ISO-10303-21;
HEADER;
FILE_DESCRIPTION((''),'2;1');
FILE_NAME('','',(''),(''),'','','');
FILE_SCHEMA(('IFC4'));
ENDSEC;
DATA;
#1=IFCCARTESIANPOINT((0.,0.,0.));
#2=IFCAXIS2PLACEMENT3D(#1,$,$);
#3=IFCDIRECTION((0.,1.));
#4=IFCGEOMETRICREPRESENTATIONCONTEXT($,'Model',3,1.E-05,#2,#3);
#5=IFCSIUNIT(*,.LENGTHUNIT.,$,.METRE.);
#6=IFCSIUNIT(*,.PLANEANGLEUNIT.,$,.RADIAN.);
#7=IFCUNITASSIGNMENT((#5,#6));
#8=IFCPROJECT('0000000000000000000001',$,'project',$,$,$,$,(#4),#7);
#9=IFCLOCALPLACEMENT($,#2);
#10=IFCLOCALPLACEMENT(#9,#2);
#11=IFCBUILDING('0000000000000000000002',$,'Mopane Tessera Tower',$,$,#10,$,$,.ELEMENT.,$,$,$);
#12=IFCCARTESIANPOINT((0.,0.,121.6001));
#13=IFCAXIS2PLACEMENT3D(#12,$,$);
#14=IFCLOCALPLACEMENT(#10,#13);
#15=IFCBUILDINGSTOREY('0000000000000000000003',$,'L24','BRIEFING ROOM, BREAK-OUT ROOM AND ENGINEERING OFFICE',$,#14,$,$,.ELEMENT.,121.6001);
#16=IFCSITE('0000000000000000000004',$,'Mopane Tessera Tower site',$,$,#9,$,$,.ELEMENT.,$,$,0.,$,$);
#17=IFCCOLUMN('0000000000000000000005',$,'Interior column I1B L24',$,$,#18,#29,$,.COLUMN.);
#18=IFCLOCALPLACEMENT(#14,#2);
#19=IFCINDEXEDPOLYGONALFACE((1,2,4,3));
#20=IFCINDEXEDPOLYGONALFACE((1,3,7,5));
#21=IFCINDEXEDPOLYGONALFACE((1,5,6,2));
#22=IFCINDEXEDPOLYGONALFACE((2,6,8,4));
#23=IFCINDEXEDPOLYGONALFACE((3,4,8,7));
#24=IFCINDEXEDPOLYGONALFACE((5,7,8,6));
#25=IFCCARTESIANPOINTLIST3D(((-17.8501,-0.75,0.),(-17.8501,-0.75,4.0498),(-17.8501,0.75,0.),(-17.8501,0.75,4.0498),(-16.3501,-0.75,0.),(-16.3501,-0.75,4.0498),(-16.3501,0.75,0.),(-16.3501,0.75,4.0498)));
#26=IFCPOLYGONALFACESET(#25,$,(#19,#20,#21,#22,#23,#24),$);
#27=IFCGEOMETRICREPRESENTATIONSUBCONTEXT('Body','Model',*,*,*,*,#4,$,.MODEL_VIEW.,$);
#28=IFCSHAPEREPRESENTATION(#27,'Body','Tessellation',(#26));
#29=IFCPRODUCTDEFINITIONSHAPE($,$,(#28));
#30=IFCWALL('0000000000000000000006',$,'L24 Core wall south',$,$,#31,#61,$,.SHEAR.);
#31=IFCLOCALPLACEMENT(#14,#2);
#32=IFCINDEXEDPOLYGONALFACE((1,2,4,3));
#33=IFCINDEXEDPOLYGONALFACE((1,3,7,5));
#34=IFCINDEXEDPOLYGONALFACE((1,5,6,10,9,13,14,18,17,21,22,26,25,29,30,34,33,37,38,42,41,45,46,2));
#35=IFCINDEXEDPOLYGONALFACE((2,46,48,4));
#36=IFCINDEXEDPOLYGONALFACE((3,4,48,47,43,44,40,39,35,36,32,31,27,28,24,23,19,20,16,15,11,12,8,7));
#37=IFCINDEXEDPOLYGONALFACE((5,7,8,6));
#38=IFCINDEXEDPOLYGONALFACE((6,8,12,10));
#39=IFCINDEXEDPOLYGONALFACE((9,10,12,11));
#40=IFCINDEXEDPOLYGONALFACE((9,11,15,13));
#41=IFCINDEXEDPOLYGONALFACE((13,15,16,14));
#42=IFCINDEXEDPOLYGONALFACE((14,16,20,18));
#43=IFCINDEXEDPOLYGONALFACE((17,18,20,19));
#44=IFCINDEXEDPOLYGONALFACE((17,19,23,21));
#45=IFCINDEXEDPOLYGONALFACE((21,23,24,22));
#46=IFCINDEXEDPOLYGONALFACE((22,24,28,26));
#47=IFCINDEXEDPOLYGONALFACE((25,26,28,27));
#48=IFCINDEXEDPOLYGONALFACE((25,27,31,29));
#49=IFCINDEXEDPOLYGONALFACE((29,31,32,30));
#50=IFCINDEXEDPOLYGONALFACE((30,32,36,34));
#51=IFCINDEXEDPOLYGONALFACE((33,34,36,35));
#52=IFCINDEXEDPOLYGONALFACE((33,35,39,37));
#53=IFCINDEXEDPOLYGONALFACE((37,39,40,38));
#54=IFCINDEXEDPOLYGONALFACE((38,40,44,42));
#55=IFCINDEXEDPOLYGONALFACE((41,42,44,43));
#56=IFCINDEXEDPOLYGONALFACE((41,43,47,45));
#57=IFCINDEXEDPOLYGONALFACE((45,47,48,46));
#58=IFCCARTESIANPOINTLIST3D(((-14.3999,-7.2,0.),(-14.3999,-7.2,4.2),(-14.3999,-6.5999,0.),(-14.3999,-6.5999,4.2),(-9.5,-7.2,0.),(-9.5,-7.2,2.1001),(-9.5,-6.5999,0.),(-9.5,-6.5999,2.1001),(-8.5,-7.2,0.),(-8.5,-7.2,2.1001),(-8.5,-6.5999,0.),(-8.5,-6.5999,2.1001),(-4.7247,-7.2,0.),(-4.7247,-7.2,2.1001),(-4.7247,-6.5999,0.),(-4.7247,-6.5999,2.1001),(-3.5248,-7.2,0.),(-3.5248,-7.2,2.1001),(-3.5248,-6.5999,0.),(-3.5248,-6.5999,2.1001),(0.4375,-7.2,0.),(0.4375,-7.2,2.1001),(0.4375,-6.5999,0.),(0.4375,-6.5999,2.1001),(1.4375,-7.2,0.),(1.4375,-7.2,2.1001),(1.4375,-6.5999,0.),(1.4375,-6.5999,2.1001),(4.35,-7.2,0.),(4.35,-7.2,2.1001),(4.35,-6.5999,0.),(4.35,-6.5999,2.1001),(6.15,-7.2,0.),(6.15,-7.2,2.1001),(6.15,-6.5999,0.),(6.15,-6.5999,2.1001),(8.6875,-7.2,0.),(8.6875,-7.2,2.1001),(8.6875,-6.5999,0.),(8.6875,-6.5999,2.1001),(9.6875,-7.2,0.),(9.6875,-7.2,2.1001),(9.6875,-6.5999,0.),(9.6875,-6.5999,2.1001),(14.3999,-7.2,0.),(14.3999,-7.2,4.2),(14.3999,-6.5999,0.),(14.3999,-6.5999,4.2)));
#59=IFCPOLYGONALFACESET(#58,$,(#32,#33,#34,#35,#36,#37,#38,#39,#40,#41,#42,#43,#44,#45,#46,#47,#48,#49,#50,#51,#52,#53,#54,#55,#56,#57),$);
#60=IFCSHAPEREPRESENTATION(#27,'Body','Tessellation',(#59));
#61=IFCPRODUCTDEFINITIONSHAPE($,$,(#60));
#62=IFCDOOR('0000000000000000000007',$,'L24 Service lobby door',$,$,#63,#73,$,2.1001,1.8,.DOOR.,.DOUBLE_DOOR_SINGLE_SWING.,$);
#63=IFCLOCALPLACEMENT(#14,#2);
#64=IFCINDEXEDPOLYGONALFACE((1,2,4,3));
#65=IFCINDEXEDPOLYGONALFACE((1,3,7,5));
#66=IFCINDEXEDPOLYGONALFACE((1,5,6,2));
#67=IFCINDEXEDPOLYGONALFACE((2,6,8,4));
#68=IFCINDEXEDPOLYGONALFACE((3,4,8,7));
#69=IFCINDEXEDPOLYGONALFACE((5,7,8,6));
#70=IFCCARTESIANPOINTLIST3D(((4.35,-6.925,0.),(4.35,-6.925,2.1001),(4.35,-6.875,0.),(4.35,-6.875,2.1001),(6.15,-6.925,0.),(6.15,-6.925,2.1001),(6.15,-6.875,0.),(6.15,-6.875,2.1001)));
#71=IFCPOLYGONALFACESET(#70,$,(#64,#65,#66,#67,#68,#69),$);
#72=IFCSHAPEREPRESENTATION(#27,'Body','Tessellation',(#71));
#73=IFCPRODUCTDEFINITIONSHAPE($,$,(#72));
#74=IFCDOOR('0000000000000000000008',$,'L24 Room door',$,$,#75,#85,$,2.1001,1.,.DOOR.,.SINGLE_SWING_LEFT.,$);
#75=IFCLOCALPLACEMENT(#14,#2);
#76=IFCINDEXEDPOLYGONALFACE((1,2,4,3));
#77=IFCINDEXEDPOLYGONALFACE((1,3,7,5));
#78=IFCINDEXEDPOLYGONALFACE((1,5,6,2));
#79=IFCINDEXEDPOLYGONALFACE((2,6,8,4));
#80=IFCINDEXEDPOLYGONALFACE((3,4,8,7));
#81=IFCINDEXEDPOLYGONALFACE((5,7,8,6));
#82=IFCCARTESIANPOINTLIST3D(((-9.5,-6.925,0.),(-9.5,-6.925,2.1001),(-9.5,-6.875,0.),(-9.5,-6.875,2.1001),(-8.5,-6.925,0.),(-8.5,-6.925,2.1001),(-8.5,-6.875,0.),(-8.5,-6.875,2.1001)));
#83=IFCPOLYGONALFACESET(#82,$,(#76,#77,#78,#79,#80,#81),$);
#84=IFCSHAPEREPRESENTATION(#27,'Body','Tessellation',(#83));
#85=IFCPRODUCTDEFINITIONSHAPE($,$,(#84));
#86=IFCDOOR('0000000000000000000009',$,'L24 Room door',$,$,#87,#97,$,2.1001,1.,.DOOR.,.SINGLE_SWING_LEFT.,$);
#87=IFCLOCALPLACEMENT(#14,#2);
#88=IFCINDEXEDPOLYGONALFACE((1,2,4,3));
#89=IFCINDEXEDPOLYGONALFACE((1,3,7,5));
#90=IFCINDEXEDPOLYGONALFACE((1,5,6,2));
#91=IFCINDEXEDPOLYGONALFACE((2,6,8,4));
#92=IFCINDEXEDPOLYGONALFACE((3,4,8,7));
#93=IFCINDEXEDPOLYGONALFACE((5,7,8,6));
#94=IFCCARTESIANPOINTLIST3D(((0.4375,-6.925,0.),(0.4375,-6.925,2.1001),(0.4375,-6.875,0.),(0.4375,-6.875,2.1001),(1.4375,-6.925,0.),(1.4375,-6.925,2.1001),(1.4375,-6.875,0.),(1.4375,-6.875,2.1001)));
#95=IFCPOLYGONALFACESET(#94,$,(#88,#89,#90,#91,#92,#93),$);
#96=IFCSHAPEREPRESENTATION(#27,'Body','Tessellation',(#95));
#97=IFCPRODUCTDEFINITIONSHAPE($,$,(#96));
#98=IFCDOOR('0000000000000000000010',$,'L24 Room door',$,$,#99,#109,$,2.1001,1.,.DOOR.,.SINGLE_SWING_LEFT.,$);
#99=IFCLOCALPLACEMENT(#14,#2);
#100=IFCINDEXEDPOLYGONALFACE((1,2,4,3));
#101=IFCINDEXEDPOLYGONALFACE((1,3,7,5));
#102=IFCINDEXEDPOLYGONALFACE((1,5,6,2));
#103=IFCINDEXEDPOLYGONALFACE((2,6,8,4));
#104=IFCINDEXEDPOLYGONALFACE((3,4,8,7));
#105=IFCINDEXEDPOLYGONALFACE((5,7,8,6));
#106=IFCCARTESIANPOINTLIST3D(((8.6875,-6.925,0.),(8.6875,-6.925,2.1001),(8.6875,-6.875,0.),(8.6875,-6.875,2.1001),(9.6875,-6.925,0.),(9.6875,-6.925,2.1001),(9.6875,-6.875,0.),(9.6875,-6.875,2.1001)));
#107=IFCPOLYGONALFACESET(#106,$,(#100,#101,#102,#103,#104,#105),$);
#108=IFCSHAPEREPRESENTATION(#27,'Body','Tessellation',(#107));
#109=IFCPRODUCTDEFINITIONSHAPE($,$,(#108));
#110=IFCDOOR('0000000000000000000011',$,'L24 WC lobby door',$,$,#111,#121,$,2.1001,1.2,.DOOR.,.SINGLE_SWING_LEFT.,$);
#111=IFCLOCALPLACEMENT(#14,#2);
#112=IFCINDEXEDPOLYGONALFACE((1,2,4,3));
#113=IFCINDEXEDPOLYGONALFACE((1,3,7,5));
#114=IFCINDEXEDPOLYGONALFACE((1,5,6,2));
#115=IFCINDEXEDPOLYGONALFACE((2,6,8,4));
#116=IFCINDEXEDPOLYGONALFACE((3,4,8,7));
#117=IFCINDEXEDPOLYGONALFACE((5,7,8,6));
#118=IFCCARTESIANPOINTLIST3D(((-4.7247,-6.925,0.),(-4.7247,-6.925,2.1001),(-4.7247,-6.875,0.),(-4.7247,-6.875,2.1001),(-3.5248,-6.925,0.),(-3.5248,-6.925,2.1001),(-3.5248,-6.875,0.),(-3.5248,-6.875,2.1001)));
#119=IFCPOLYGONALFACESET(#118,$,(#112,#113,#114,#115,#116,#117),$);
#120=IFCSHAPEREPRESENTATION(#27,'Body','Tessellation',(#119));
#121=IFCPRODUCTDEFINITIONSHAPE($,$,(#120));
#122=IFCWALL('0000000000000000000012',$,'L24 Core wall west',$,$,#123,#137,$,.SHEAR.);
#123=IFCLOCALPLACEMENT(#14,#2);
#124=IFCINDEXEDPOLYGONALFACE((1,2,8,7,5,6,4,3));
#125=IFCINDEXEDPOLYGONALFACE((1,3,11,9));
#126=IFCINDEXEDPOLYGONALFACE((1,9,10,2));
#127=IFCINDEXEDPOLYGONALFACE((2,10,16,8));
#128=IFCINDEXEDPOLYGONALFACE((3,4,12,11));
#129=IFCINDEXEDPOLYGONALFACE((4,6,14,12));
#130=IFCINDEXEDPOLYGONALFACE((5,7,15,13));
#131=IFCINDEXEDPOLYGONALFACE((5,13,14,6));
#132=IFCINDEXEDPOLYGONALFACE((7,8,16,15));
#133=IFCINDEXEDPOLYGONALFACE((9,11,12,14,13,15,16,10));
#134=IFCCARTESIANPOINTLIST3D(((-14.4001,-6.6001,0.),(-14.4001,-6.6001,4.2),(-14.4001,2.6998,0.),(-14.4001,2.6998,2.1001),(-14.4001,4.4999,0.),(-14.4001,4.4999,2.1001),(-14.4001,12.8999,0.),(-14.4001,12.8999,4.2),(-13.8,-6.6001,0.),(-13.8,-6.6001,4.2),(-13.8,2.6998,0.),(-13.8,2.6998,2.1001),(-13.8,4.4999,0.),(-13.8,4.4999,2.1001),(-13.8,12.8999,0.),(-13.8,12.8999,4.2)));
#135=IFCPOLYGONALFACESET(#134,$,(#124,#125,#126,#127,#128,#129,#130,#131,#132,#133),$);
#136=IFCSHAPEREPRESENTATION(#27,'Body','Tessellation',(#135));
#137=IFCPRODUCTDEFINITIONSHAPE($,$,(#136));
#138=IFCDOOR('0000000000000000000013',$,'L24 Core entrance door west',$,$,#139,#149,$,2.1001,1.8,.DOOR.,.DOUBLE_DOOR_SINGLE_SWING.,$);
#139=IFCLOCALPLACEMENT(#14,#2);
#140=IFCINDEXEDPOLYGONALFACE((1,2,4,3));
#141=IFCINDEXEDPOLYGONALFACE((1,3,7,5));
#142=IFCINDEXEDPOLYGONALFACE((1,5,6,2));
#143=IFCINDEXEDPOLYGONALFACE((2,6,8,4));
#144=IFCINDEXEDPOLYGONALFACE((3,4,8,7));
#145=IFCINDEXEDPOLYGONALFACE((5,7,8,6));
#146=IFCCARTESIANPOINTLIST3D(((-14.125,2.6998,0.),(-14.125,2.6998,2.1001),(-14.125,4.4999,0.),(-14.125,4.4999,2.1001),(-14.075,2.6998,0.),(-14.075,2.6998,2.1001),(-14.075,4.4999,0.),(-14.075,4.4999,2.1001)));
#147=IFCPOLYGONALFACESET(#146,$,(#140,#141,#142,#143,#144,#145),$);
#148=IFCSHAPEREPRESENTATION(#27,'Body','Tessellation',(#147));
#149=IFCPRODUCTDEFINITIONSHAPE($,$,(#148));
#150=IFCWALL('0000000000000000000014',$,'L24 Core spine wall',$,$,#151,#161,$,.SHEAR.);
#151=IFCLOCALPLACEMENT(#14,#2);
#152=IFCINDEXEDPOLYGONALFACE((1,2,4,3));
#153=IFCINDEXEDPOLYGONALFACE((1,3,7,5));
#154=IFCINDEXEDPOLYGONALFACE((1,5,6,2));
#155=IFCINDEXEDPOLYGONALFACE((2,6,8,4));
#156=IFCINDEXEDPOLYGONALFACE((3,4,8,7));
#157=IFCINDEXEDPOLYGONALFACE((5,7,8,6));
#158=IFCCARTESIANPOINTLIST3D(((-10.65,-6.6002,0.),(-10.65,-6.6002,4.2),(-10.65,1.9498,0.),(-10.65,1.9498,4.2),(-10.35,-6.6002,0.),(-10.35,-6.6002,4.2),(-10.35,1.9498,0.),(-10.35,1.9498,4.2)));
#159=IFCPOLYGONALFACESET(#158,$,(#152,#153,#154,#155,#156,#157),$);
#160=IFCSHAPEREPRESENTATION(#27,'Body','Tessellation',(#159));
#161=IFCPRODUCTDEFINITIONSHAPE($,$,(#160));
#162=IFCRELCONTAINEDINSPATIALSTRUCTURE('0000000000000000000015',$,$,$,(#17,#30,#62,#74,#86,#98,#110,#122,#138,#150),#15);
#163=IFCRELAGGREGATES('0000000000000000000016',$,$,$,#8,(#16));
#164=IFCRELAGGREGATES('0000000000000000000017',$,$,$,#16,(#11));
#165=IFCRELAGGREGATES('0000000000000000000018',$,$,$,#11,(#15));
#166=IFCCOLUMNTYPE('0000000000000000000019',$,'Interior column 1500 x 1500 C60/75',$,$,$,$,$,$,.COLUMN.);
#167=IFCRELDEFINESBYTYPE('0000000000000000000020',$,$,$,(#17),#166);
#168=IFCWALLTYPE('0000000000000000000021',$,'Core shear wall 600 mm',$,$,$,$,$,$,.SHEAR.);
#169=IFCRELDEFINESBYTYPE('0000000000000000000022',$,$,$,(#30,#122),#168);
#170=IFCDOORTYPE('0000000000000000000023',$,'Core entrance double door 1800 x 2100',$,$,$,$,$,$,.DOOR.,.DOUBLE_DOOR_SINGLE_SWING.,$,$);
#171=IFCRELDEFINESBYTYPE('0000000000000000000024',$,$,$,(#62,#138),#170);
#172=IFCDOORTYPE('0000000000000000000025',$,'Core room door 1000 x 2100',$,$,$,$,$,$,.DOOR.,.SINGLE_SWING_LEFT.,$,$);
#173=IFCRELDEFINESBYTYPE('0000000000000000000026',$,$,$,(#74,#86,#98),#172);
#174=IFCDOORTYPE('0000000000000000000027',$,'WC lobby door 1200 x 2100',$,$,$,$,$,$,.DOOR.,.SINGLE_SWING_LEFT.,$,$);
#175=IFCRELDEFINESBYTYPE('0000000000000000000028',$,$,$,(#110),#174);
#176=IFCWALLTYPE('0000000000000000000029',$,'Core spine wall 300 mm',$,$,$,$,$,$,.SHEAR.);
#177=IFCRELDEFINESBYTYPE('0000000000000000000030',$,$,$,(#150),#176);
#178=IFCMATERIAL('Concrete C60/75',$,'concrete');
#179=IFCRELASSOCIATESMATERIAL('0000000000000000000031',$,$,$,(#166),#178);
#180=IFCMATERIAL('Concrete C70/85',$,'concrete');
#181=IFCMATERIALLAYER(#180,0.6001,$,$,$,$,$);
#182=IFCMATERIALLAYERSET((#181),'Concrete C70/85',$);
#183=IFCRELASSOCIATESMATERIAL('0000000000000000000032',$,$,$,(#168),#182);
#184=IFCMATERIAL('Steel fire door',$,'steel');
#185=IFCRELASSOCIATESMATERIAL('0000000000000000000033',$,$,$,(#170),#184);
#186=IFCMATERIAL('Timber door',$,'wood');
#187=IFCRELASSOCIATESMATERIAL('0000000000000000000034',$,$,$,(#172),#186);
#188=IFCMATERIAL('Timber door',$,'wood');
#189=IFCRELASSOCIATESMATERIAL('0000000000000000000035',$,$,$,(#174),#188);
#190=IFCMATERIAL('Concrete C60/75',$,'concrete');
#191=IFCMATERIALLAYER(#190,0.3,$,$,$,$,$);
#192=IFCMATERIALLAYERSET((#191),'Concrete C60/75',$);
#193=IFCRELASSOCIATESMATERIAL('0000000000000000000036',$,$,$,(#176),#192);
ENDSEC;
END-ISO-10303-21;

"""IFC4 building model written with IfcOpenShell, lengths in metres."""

from ifc_helpers import new_model, si_unit, direction, frame, frame_2d, origin, origin_2d, place, context, subcontext, project, spatial, rectangle, extrude, material, layer, layer_set, material_profile, profile_set, type_object, element, fill, save


model = new_model("IFC4")

# Units and contexts
model_context = context("Model", 3, precision=1e-05, world=origin(), true_north=direction((0.0, 1.0)))
body_context = subcontext(model_context, "Body", "Model", "MODEL_VIEW")
ifc_project = project(units=[si_unit("LENGTHUNIT", "METRE"), si_unit("PLANEANGLEUNIT", "RADIAN")], contexts=[model_context])

# Site, building, storey
site_placement = place(None, origin())
site = spatial("IfcSite", under=ifc_project, at=site_placement, Name="Mopane Tessera Tower site", CompositionType="ELEMENT", RefElevation=0.0)
building_placement = place(site_placement, origin())
building = spatial("IfcBuilding", under=site, at=building_placement, Name="Mopane Tessera Tower", CompositionType="ELEMENT")
storey_placement = place(building_placement, frame((0.0, 0.0, 121.6001)))
storey = spatial("IfcBuildingStorey", under=building, at=storey_placement, Name="L24", Description="BRIEFING ROOM, BREAK-OUT ROOM AND ENGINEERING OFFICE", CompositionType="ELEMENT", Elevation=121.6001)

# Column
ifc_material_1 = material(Name="Concrete C60/75", Category="concrete")
ifc_material_profile = material_profile(ifc_material_1, rectangle(XDim=1.5, YDim=1.5, at=origin_2d()))
ifc_profile_set = profile_set([ifc_material_profile], Name="Concrete C60/75")
column_type = type_object("IfcColumnType", Name="Interior column 1500 x 1500 C60/75", PredefinedType="COLUMN", material=ifc_profile_set)
column_placement = place(storey_placement, frame((-17.1001, 0.0, 0.0), z_axis=(0.0, 0.0, 1.0), x_axis=(1.0, 0.0, 0.0)))
element("IfcColumn", 1, at=column_placement, inside=storey, type_object=column_type, Name="Interior column I1B L24", PredefinedType="COLUMN", context=body_context, shape_type="SweptSolid", body=[
    extrude(rectangle(XDim=1.5, YDim=1.5, at=origin_2d()), origin(), (0.0, 0.0, 1.0), 4.0498),
])

# Wall, openings, doors
ifc_material_2 = material(Name="Concrete C70/85", Category="concrete")
ifc_layer_1 = layer(ifc_material_2, 0.6001)
ifc_layer_set_1 = layer_set([ifc_layer_1], Name="Concrete C70/85")
wall_type_1 = type_object("IfcWallType", Name="Core shear wall 600 mm", PredefinedType="SHEAR", material=ifc_layer_set_1)
wall_1_placement = place(storey_placement, frame((-14.3999, -6.8999, 0.0), z_axis=(0.0, 0.0, 1.0), x_axis=(1.0, 0.0, 0.0)))
wall_1 = element("IfcWall", 2, at=wall_1_placement, inside=storey, type_object=wall_type_1, Name="L24 Core wall south", PredefinedType="SHEAR", context=body_context, shape_type="SweptSolid", body=[
    extrude(rectangle(XDim=28.7998, YDim=0.6001, at=frame_2d((14.3999, 0.0))), origin(), (0.0, 0.0, 1.0), 4.2),
])
opening_1_placement = place(wall_1_placement, frame((4.8999, 0.0, 0.0)))
opening_1 = element("IfcOpeningElement", 3, at=opening_1_placement, cuts=wall_1, PredefinedType="OPENING", context=body_context, shape_type="SweptSolid", body=[
    extrude(rectangle(XDim=1.0, YDim=2.1001, at=frame_2d((0.5, 1.05))), frame((0.0, 0.312, 0.0), z_axis=(0.0, -1.0, 0.0), x_axis=(1.0, 0.0, 0.0)), (0.0, 0.0, 1.0), 0.624),
])
opening_2_placement = place(wall_1_placement, frame((9.675, 0.0, 0.0)))
opening_2 = element("IfcOpeningElement", 4, at=opening_2_placement, cuts=wall_1, PredefinedType="OPENING", context=body_context, shape_type="SweptSolid", body=[
    extrude(rectangle(XDim=1.2, YDim=2.1001, at=frame_2d((0.6001, 1.05))), frame((0.0, 0.312, 0.0), z_axis=(0.0, -1.0, 0.0), x_axis=(1.0, 0.0, 0.0)), (0.0, 0.0, 1.0), 0.624),
])
opening_3_placement = place(wall_1_placement, frame((14.8374, 0.0, 0.0)))
opening_3 = element("IfcOpeningElement", 5, at=opening_3_placement, cuts=wall_1, PredefinedType="OPENING", context=body_context, shape_type="SweptSolid", body=[
    extrude(rectangle(XDim=1.0, YDim=2.1001, at=frame_2d((0.5, 1.05))), frame((0.0, 0.312, 0.0), z_axis=(0.0, -1.0, 0.0), x_axis=(1.0, 0.0, 0.0)), (0.0, 0.0, 1.0), 0.624),
])
opening_4_placement = place(wall_1_placement, frame((18.75, 0.0, 0.0)))
opening_4 = element("IfcOpeningElement", 6, at=opening_4_placement, cuts=wall_1, PredefinedType="OPENING", context=body_context, shape_type="SweptSolid", body=[
    extrude(rectangle(XDim=1.8, YDim=2.1001, at=frame_2d((0.8999, 1.05))), frame((0.0, 0.312, 0.0), z_axis=(0.0, -1.0, 0.0), x_axis=(1.0, 0.0, 0.0)), (0.0, 0.0, 1.0), 0.624),
])
opening_5_placement = place(wall_1_placement, frame((23.0874, 0.0, 0.0)))
opening_5 = element("IfcOpeningElement", 7, at=opening_5_placement, cuts=wall_1, PredefinedType="OPENING", context=body_context, shape_type="SweptSolid", body=[
    extrude(rectangle(XDim=1.0, YDim=2.1001, at=frame_2d((0.5, 1.05))), frame((0.0, 0.312, 0.0), z_axis=(0.0, -1.0, 0.0), x_axis=(1.0, 0.0, 0.0)), (0.0, 0.0, 1.0), 0.624),
])
ifc_material_3 = material(Name="Steel fire door", Category="steel")
door_type_1 = type_object("IfcDoorType", Name="Core entrance double door 1800 x 2100", OperationType="DOUBLE_DOOR_SINGLE_SWING", PredefinedType="DOOR", material=ifc_material_3)
door_1_placement = place(opening_4_placement, origin())
door_1 = element("IfcDoor", 8, at=door_1_placement, inside=storey, type_object=door_type_1, Name="L24 Service lobby door", OperationType="DOUBLE_DOOR_SINGLE_SWING", OverallHeight=2.1001, OverallWidth=1.8, PredefinedType="DOOR", context=body_context, shape_type="SweptSolid", body=[
    extrude(rectangle(XDim=1.8, YDim=2.1001, at=frame_2d((0.8999, 1.05))), frame((0.0, 0.0249, 0.0), z_axis=(0.0, -1.0, 0.0), x_axis=(1.0, 0.0, 0.0)), (0.0, 0.0, 1.0), 0.05),
])
fill(opening_4, door_1)
ifc_material_4 = material(Name="Timber door", Category="wood")
door_type_2 = type_object("IfcDoorType", Name="Core room door 1000 x 2100", OperationType="SINGLE_SWING_LEFT", PredefinedType="DOOR", material=ifc_material_4)
door_2_placement = place(opening_1_placement, origin())
door_2 = element("IfcDoor", 9, at=door_2_placement, inside=storey, type_object=door_type_2, Name="L24 Room door", OperationType="SINGLE_SWING_LEFT", OverallHeight=2.1001, OverallWidth=1.0, PredefinedType="DOOR", context=body_context, shape_type="SweptSolid", body=[
    extrude(rectangle(XDim=1.0, YDim=2.1001, at=frame_2d((0.5, 1.05))), frame((0.0, 0.0249, 0.0), z_axis=(0.0, -1.0, 0.0), x_axis=(1.0, 0.0, 0.0)), (0.0, 0.0, 1.0), 0.05),
])
fill(opening_1, door_2)
door_3_placement = place(opening_3_placement, origin())
door_3 = element("IfcDoor", 10, at=door_3_placement, inside=storey, type_object=door_type_2, Name="L24 Room door", OperationType="SINGLE_SWING_LEFT", OverallHeight=2.1001, OverallWidth=1.0, PredefinedType="DOOR", context=body_context, shape_type="SweptSolid", body=[
    extrude(rectangle(XDim=1.0, YDim=2.1001, at=frame_2d((0.5, 1.05))), frame((0.0, 0.0249, 0.0), z_axis=(0.0, -1.0, 0.0), x_axis=(1.0, 0.0, 0.0)), (0.0, 0.0, 1.0), 0.05),
])
fill(opening_3, door_3)
door_4_placement = place(opening_5_placement, origin())
door_4 = element("IfcDoor", 11, at=door_4_placement, inside=storey, type_object=door_type_2, Name="L24 Room door", OperationType="SINGLE_SWING_LEFT", OverallHeight=2.1001, OverallWidth=1.0, PredefinedType="DOOR", context=body_context, shape_type="SweptSolid", body=[
    extrude(rectangle(XDim=1.0, YDim=2.1001, at=frame_2d((0.5, 1.05))), frame((0.0, 0.0249, 0.0), z_axis=(0.0, -1.0, 0.0), x_axis=(1.0, 0.0, 0.0)), (0.0, 0.0, 1.0), 0.05),
])
fill(opening_5, door_4)
ifc_material_5 = material(Name="Timber door", Category="wood")
door_type_3 = type_object("IfcDoorType", Name="WC lobby door 1200 x 2100", OperationType="SINGLE_SWING_LEFT", PredefinedType="DOOR", material=ifc_material_5)
door_5_placement = place(opening_2_placement, origin())
door_5 = element("IfcDoor", 12, at=door_5_placement, inside=storey, type_object=door_type_3, Name="L24 WC lobby door", OperationType="SINGLE_SWING_LEFT", OverallHeight=2.1001, OverallWidth=1.2, PredefinedType="DOOR", context=body_context, shape_type="SweptSolid", body=[
    extrude(rectangle(XDim=1.2, YDim=2.1001, at=frame_2d((0.6001, 1.05))), frame((0.0, 0.0249, 0.0), z_axis=(0.0, -1.0, 0.0), x_axis=(1.0, 0.0, 0.0)), (0.0, 0.0, 1.0), 0.05),
])
fill(opening_2, door_5)

# Wall, opening, door
wall_2_placement = place(storey_placement, frame((-14.1001, -6.6001, 0.0), z_axis=(0.0, 0.0, 1.0), x_axis=(0.0, 1.0, 0.0)))
wall_2 = element("IfcWall", 13, at=wall_2_placement, inside=storey, type_object=wall_type_1, Name="L24 Core wall west", PredefinedType="SHEAR", context=body_context, shape_type="SweptSolid", body=[
    extrude(rectangle(XDim=19.5, YDim=0.6001, at=frame_2d((9.75, 0.0))), origin(), (0.0, 0.0, 1.0), 4.2),
])
opening_6_placement = place(wall_2_placement, frame((9.3, 0.0, 0.0)))
opening_6 = element("IfcOpeningElement", 14, at=opening_6_placement, cuts=wall_2, PredefinedType="OPENING", context=body_context, shape_type="SweptSolid", body=[
    extrude(rectangle(XDim=1.8, YDim=2.1001, at=frame_2d((0.8999, 1.05))), frame((0.0, 0.312, 0.0), z_axis=(0.0, -1.0, 0.0), x_axis=(1.0, 0.0, 0.0)), (0.0, 0.0, 1.0), 0.624),
])
door_6_placement = place(opening_6_placement, origin())
door_6 = element("IfcDoor", 15, at=door_6_placement, inside=storey, type_object=door_type_1, Name="L24 Core entrance door west", OperationType="DOUBLE_DOOR_SINGLE_SWING", OverallHeight=2.1001, OverallWidth=1.8, PredefinedType="DOOR", context=body_context, shape_type="SweptSolid", body=[
    extrude(rectangle(XDim=1.8, YDim=2.1001, at=frame_2d((0.8999, 1.05))), frame((0.0, 0.0249, 0.0), z_axis=(0.0, -1.0, 0.0), x_axis=(1.0, 0.0, 0.0)), (0.0, 0.0, 1.0), 0.05),
])
fill(opening_6, door_6)

# Wall
ifc_material_6 = material(Name="Concrete C60/75", Category="concrete")
ifc_layer_2 = layer(ifc_material_6, 0.3)
ifc_layer_set_2 = layer_set([ifc_layer_2], Name="Concrete C60/75")
wall_type_2 = type_object("IfcWallType", Name="Core spine wall 300 mm", PredefinedType="SHEAR", material=ifc_layer_set_2)
wall_3_placement = place(storey_placement, frame((-10.5, -6.6001, 0.0), z_axis=(0.0, 0.0, 1.0), x_axis=(0.0, 1.0, 0.0)))
element("IfcWall", 16, at=wall_3_placement, inside=storey, type_object=wall_type_2, Name="L24 Core spine wall", PredefinedType="SHEAR", context=body_context, shape_type="SweptSolid", body=[
    extrude(rectangle(XDim=8.55, YDim=0.3, at=frame_2d((4.2749, 0.0))), origin(), (0.0, 0.0, 1.0), 4.2),
])

save(model, "model.ifc")
